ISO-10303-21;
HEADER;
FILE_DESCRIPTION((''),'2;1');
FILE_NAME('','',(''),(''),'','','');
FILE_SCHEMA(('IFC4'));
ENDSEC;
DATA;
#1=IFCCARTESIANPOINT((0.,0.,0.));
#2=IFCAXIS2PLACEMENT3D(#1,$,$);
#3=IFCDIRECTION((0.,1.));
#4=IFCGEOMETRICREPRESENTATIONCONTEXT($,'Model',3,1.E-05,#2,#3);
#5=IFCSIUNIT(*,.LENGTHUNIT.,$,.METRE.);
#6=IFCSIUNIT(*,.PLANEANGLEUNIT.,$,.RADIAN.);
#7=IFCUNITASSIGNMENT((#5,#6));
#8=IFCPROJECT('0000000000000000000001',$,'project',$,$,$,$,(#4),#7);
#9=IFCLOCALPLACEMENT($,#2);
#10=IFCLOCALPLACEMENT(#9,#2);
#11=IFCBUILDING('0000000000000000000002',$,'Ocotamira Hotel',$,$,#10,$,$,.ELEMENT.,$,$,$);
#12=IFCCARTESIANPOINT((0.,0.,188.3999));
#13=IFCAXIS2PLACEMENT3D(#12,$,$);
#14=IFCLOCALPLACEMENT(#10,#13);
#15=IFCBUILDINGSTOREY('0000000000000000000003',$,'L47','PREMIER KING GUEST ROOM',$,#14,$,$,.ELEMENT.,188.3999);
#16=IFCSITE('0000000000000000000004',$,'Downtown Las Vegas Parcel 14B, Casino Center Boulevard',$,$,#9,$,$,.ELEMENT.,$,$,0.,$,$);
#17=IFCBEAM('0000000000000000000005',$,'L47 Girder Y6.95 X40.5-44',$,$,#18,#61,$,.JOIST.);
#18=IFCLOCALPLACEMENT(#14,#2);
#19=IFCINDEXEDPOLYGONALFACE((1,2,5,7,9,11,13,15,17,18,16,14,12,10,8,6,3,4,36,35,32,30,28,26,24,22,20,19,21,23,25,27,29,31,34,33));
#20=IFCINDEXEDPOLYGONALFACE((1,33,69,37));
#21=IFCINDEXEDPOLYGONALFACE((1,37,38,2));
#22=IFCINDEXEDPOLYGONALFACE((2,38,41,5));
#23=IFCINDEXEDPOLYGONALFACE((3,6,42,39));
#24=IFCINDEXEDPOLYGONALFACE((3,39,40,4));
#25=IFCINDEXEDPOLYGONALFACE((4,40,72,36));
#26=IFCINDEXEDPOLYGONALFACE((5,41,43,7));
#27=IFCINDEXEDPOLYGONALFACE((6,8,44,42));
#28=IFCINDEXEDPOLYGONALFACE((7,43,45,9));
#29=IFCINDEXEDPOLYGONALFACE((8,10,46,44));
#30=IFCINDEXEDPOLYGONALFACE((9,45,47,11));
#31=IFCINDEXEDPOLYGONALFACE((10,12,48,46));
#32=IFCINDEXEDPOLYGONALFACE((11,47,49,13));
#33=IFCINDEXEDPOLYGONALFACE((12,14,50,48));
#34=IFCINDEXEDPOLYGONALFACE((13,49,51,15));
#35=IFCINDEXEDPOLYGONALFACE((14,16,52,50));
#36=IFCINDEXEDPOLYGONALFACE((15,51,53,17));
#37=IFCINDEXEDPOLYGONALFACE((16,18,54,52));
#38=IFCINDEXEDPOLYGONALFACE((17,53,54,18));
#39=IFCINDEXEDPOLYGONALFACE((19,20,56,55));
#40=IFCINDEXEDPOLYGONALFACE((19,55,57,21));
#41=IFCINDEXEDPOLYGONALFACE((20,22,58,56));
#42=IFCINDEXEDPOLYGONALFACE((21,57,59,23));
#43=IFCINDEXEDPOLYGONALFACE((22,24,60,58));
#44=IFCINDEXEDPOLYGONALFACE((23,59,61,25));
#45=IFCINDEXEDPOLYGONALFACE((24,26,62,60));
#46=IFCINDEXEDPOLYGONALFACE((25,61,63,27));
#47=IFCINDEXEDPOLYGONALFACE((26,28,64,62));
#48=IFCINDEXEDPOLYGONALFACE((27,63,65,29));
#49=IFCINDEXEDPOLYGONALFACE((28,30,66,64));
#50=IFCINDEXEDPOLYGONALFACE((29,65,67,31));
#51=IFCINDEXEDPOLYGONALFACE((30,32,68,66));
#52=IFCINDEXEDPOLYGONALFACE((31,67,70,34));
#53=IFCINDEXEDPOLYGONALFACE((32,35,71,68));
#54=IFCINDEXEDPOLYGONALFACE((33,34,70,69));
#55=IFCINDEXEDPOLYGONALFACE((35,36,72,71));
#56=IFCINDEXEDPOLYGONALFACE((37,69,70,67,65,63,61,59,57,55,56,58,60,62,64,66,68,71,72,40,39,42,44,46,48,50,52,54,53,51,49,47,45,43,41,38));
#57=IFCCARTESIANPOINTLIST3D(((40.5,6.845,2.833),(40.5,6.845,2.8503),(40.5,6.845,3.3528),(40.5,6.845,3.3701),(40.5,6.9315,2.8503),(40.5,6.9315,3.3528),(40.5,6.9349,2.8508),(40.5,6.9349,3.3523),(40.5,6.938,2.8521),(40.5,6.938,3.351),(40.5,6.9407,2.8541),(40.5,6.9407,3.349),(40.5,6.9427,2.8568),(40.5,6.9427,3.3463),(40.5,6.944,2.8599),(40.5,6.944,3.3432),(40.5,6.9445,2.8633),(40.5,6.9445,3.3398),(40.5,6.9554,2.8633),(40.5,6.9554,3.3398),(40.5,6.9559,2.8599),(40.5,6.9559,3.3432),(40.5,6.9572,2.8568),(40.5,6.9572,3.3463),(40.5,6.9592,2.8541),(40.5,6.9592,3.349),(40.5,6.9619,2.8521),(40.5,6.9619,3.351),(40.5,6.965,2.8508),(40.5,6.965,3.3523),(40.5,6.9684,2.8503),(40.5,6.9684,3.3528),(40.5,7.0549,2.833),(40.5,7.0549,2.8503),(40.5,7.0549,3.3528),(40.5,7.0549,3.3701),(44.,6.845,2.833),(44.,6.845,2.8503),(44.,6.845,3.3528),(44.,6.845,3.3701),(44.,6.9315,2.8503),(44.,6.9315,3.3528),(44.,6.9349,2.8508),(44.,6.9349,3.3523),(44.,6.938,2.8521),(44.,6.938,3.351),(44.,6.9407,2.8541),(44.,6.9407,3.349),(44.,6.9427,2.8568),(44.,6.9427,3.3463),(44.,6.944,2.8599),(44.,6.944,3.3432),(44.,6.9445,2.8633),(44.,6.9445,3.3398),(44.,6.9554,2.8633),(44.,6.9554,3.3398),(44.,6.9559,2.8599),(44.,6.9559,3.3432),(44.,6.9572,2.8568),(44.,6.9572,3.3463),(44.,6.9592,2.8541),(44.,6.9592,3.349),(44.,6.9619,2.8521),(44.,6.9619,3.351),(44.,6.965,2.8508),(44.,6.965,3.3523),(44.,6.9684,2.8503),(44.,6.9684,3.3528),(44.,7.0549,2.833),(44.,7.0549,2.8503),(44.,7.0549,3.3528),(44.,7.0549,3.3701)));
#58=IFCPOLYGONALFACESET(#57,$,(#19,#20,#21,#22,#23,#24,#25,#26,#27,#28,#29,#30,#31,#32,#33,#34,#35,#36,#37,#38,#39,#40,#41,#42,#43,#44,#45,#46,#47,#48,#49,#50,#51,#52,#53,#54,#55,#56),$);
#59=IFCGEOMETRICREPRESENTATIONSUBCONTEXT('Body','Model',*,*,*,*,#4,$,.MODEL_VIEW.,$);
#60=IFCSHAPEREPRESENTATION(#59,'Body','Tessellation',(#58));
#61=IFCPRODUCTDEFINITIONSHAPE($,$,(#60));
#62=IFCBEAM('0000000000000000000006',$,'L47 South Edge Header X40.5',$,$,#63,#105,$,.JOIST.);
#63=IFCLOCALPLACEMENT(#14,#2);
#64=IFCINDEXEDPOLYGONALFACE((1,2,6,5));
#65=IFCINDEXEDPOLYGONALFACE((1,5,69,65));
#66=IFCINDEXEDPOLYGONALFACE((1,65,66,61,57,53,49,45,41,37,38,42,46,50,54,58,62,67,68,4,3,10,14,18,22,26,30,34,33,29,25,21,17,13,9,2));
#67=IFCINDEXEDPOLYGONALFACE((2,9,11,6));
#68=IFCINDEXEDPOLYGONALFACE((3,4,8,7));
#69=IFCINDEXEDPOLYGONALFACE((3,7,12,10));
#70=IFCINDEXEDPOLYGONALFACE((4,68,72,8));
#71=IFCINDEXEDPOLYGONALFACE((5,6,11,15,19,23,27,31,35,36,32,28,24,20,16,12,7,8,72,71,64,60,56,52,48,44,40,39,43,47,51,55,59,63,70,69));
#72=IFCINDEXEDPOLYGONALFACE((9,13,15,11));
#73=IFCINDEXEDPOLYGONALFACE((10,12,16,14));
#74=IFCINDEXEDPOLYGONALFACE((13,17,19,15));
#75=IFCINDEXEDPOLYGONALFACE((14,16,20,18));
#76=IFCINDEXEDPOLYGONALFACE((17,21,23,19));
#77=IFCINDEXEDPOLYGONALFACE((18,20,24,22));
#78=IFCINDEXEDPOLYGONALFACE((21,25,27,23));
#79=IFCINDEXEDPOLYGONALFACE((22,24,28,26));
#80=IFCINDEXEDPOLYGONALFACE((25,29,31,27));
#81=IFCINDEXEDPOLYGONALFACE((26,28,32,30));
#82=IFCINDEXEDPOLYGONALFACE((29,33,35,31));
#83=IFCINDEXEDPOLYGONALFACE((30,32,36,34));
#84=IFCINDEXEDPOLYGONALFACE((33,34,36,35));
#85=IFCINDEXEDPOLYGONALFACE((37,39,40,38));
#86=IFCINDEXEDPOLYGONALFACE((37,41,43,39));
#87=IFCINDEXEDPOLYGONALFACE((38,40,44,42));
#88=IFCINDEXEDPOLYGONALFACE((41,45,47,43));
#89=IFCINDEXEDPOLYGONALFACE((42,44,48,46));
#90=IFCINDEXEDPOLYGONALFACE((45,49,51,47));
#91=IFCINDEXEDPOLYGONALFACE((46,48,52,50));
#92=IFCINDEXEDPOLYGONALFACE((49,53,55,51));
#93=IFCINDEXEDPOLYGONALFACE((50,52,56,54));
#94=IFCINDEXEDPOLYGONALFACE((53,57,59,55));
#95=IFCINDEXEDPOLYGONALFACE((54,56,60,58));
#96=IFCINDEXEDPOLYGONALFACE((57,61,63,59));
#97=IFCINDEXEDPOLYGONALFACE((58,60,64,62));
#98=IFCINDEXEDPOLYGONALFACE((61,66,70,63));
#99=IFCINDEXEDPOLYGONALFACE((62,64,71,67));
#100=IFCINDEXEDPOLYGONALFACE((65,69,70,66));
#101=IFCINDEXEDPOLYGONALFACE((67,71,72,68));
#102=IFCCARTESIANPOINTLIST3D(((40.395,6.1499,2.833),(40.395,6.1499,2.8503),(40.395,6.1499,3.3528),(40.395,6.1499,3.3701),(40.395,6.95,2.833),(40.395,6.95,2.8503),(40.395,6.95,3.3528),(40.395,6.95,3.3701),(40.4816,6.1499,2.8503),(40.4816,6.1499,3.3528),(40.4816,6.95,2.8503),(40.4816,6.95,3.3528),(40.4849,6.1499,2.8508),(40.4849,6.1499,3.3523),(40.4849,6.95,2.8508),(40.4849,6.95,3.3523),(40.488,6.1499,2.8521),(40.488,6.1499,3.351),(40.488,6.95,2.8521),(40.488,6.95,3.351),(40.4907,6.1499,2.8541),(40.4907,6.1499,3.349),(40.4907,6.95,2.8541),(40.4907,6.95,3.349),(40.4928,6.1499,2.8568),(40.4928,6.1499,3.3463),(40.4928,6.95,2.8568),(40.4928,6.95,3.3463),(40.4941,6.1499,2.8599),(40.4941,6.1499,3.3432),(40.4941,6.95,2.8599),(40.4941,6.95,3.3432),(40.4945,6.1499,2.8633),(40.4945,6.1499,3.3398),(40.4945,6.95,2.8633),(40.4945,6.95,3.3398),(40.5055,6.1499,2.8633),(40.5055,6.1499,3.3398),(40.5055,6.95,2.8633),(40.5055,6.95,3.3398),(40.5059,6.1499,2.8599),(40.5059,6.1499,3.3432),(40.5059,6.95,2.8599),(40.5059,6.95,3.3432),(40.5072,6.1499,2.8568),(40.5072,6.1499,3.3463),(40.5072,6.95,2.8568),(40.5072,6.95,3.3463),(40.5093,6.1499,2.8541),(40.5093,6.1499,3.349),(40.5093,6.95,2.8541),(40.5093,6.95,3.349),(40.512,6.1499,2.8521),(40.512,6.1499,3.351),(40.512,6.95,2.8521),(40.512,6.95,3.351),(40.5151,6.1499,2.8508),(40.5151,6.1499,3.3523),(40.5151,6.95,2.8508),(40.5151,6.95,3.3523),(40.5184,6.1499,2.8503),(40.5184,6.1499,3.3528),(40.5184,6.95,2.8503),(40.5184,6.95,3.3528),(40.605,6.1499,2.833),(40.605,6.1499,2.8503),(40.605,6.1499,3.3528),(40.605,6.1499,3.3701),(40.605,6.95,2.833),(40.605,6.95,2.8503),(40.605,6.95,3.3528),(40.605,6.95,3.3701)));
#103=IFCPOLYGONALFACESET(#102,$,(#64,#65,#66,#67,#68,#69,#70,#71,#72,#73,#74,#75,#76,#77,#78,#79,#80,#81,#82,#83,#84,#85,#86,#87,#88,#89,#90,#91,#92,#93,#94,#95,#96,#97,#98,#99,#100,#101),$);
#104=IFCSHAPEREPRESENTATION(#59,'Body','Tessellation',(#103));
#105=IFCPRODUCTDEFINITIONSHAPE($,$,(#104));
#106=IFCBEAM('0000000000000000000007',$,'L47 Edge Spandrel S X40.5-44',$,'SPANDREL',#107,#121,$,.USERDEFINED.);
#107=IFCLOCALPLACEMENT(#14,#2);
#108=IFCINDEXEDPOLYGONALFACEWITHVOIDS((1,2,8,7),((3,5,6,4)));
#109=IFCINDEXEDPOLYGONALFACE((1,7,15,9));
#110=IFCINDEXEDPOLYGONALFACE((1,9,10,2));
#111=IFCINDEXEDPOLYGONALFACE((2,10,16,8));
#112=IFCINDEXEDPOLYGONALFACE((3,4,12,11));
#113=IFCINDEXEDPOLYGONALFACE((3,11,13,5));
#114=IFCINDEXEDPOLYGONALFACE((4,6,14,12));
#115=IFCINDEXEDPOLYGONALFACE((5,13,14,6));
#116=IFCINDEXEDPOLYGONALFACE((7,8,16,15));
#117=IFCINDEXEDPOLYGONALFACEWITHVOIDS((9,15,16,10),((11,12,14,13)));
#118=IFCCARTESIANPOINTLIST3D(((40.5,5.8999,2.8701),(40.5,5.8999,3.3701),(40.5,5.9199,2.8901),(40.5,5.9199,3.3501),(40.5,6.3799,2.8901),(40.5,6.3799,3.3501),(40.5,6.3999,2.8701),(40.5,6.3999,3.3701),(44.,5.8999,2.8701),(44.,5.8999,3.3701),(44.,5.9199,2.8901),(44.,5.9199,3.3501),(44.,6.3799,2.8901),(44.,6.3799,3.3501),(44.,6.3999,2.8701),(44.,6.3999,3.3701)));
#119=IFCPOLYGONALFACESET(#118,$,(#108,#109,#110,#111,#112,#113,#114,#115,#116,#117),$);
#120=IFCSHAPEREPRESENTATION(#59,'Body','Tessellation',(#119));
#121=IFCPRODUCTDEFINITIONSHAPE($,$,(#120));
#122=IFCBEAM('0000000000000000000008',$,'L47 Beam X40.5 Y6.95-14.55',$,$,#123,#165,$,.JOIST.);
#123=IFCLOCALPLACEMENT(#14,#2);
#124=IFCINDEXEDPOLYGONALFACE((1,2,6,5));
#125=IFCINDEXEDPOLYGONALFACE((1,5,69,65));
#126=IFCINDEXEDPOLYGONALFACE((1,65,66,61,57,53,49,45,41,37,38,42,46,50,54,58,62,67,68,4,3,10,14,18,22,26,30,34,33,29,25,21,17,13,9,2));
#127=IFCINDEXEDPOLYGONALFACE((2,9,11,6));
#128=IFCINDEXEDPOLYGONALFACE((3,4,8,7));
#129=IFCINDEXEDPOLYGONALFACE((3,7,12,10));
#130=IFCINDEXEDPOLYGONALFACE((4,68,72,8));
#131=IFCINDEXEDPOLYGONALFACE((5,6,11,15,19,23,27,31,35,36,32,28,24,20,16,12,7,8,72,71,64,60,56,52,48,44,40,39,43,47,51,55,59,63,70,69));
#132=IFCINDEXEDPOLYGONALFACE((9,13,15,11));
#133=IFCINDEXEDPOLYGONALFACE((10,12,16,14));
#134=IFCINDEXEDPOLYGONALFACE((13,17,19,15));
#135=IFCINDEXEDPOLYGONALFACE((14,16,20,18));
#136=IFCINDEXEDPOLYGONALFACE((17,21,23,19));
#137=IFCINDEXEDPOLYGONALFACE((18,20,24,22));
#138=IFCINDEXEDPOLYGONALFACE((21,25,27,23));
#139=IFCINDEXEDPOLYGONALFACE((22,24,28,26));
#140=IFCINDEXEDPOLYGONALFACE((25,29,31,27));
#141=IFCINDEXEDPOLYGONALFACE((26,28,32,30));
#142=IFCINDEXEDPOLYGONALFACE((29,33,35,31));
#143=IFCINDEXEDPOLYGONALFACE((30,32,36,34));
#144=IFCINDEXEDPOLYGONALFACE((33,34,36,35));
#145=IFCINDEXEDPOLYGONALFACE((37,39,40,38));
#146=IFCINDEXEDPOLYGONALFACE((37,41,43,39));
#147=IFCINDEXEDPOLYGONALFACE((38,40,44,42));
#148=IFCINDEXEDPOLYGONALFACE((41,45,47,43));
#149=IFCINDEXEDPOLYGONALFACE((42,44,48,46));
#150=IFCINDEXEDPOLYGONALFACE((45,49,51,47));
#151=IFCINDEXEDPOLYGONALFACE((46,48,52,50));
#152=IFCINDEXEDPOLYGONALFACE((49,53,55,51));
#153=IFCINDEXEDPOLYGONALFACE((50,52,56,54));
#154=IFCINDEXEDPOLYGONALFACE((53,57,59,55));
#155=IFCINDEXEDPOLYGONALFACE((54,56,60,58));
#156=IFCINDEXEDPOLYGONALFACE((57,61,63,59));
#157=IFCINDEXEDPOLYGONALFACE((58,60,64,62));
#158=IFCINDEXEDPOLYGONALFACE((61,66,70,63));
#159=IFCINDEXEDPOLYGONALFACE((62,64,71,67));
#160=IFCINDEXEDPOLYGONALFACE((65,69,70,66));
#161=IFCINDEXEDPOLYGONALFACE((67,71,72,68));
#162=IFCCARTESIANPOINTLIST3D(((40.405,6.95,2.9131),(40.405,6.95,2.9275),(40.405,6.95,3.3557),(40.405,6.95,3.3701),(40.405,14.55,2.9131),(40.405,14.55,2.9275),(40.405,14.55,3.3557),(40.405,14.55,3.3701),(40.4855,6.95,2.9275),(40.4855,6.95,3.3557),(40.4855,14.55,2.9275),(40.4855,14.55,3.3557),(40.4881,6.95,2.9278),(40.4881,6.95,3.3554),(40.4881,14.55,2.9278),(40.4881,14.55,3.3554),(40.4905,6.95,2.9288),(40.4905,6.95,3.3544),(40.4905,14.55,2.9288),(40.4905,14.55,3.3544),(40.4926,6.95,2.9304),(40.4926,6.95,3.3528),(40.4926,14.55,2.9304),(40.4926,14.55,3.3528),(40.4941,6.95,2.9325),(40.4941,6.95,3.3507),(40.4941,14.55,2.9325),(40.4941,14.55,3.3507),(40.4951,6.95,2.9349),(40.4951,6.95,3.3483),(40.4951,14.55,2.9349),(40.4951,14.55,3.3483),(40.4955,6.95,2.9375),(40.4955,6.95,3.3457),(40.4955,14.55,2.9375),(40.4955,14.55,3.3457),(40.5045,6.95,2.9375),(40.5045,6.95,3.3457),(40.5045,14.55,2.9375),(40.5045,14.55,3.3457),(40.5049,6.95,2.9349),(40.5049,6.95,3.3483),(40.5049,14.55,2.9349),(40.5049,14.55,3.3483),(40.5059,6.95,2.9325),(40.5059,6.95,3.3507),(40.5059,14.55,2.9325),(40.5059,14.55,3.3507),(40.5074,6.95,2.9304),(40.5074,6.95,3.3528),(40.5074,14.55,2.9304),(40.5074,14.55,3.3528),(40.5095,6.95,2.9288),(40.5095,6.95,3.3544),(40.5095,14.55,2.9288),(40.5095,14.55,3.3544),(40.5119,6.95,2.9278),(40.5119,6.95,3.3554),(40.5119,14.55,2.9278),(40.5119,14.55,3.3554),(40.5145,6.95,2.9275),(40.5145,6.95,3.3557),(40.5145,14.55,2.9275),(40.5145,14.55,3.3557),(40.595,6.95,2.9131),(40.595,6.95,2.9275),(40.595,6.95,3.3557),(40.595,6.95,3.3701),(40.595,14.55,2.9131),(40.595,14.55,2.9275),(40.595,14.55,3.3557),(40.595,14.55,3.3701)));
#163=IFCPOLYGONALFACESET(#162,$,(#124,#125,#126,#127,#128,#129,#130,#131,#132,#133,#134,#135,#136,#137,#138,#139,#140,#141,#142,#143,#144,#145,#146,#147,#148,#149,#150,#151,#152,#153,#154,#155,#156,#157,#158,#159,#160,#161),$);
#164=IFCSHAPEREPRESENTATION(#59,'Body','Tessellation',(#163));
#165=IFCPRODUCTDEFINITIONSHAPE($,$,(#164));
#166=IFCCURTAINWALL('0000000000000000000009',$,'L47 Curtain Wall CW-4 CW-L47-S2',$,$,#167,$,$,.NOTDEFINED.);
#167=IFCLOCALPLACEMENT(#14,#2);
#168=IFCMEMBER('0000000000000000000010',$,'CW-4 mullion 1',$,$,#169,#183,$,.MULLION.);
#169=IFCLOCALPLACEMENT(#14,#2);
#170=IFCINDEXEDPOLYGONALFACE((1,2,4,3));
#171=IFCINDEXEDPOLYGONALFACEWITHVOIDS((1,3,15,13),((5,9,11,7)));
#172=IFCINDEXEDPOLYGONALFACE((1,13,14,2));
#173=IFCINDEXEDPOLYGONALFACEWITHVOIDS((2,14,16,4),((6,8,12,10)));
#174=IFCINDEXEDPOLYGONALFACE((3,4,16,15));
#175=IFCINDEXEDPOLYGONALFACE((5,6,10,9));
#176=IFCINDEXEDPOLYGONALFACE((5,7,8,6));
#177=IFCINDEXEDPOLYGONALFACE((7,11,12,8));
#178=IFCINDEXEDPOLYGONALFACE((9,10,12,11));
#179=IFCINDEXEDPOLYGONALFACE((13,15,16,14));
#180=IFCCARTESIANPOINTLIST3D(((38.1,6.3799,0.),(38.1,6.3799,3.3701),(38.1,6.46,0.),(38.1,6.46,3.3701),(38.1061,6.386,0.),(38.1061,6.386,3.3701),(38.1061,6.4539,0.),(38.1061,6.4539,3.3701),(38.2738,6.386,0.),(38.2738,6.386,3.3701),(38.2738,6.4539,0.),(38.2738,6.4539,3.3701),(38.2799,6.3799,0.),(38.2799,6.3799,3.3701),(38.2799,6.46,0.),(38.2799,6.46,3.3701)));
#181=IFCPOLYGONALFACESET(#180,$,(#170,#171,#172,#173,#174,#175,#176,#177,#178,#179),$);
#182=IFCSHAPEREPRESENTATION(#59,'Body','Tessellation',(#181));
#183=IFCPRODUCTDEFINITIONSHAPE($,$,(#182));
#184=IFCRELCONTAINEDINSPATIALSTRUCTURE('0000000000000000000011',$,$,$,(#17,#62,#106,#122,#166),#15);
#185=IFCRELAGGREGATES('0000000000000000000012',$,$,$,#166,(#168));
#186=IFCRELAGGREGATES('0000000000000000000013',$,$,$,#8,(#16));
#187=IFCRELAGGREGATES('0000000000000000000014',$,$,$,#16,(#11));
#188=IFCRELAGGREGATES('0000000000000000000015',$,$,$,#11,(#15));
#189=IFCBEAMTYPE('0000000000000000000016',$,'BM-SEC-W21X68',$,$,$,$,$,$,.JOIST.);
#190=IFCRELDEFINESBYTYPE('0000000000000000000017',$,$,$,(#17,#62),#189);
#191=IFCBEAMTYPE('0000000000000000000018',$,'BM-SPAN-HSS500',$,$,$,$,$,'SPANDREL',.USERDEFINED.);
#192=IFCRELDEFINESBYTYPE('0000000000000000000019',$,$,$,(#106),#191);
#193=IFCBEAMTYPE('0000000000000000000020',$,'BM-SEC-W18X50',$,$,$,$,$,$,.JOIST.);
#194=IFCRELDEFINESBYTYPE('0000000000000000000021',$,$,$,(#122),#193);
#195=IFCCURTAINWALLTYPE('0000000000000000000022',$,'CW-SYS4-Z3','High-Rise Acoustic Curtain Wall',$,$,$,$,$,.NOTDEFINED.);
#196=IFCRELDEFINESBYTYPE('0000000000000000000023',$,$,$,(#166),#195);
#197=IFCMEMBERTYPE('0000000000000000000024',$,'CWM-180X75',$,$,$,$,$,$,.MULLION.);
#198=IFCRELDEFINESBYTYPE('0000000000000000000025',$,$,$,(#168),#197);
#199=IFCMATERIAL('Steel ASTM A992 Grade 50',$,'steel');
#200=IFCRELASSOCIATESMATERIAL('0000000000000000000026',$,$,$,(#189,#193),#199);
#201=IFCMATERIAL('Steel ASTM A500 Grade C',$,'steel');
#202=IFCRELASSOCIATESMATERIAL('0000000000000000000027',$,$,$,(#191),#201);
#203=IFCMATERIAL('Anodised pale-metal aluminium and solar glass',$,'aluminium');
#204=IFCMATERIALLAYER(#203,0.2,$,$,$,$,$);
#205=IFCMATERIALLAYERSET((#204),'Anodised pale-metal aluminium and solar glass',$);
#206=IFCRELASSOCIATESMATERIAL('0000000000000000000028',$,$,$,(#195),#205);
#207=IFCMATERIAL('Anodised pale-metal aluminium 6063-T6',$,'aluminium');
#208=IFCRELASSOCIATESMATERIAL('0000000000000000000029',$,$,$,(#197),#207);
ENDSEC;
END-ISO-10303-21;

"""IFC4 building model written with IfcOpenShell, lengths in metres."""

from ifc_helpers import new_model, si_unit, direction, frame, origin, origin_2d, place, context, subcontext, project, spatial, hollow_rectangle, i_section, extrude, source, transform, mapped, material, layer, layer_set, material_profile, profile_set, type_object, element, aggregate, save


model = new_model("IFC4")

# Units and contexts
model_context = context("Model", 3, precision=1e-05, world=origin(), true_north=direction((0.0, 1.0)))
body_context = subcontext(model_context, "Body", "Model", "MODEL_VIEW")
ifc_project = project(units=[si_unit("LENGTHUNIT", "METRE"), si_unit("PLANEANGLEUNIT", "RADIAN")], contexts=[model_context])

# Site, building, storey
site_placement = place(None, origin())
site = spatial("IfcSite", under=ifc_project, at=site_placement, Name="Downtown Las Vegas Parcel 14B, Casino Center Boulevard", CompositionType="ELEMENT", RefElevation=0.0)
building_placement = place(site_placement, origin())
building = spatial("IfcBuilding", under=site, at=building_placement, Name="Ocotamira Hotel", CompositionType="ELEMENT")
storey_placement = place(building_placement, frame((0.0, 0.0, 188.3999)))
storey = spatial("IfcBuildingStorey", under=building, at=storey_placement, Name="L47", Description="PREMIER KING GUEST ROOM", CompositionType="ELEMENT", Elevation=188.3999)

# Beams
ifc_material_1 = material(Name="Steel ASTM A992 Grade 50", Category="steel")
ifc_material_profile_1 = material_profile(ifc_material_1, i_section(OverallWidth=0.21, OverallDepth=0.5371, WebThickness=0.011, FlangeThickness=0.0173, FilletRadius=0.0129, at=origin_2d()), Name="W21X68")
ifc_profile_set_1 = profile_set([ifc_material_profile_1], Name="Steel ASTM A992 Grade 50")
beam_type_1 = type_object("IfcBeamType", Name="BM-SEC-W21X68", PredefinedType="JOIST", material=ifc_profile_set_1)
shared_shape_1 = source(origin(), body_context, "Body", "SweptSolid", [
    extrude(i_section(OverallWidth=0.21, OverallDepth=0.5371, WebThickness=0.011, FlangeThickness=0.0173, FilletRadius=0.0129, at=origin_2d()), origin(), (0.0, 0.0, 1.0), 3.5),
])
beam_1_placement = place(storey_placement, frame((40.5, 6.95, 3.1016), z_axis=(1.0, 0.0, 0.0), x_axis=(0.0, 1.0, 0.0)))
element("IfcBeam", 1, at=beam_1_placement, inside=storey, type_object=beam_type_1, Name="L47 Girder Y6.95 X40.5-44", PredefinedType="JOIST", context=body_context, shape_type="MappedRepresentation", body=[
    mapped(shared_shape_1, transform((0.0, 0.0, 0.0), scale=1.0)),
])
shared_shape_2 = source(origin(), body_context, "Body", "SweptSolid", [
    extrude(i_section(OverallWidth=0.21, OverallDepth=0.5371, WebThickness=0.011, FlangeThickness=0.0173, FilletRadius=0.0129, at=origin_2d()), origin(), (0.0, 0.0, 1.0), 0.8),
])
beam_2_placement = place(storey_placement, frame((40.5, 6.95, 3.1016), z_axis=(0.0, -1.0, 0.0), x_axis=(1.0, 0.0, 0.0)))
element("IfcBeam", 2, at=beam_2_placement, inside=storey, type_object=beam_type_1, Name="L47 South Edge Header X40.5", PredefinedType="JOIST", context=body_context, shape_type="MappedRepresentation", body=[
    mapped(shared_shape_2, transform((0.0, 0.0, 0.0), scale=1.0)),
])
ifc_material_2 = material(Name="Steel ASTM A500 Grade C", Category="steel")
ifc_material_profile_2 = material_profile(ifc_material_2, hollow_rectangle(XDim=0.5, YDim=0.5, WallThickness=0.02, at=origin_2d()), Name="HSS500X500X20")
ifc_profile_set_2 = profile_set([ifc_material_profile_2], Name="Steel ASTM A500 Grade C")
beam_type_2 = type_object("IfcBeamType", Name="BM-SPAN-HSS500", ElementType="SPANDREL", PredefinedType="USERDEFINED", material=ifc_profile_set_2)
shared_shape_3 = source(origin(), body_context, "Body", "SweptSolid", [
    extrude(hollow_rectangle(XDim=0.5, YDim=0.5, WallThickness=0.02, at=origin_2d()), origin(), (0.0, 0.0, 1.0), 3.5),
])
beam_3_placement = place(storey_placement, frame((40.5, 6.1499, 3.1201), z_axis=(1.0, 0.0, 0.0), x_axis=(0.0, 1.0, 0.0)))
element("IfcBeam", 3, at=beam_3_placement, inside=storey, type_object=beam_type_2, Name="L47 Edge Spandrel S X40.5-44", ObjectType="SPANDREL", PredefinedType="USERDEFINED", context=body_context, shape_type="MappedRepresentation", body=[
    mapped(shared_shape_3, transform((0.0, 0.0, 0.0), scale=1.0)),
])
ifc_material_profile_3 = material_profile(ifc_material_1, i_section(OverallWidth=0.1899, OverallDepth=0.457, WebThickness=0.009, FlangeThickness=0.0144, FilletRadius=0.01, at=origin_2d()), Name="W18X50")
ifc_profile_set_3 = profile_set([ifc_material_profile_3], Name="Steel ASTM A992 Grade 50")
beam_type_3 = type_object("IfcBeamType", Name="BM-SEC-W18X50", PredefinedType="JOIST", material=ifc_profile_set_3)
shared_shape_4 = source(origin(), body_context, "Body", "SweptSolid", [
    extrude(i_section(OverallWidth=0.1899, OverallDepth=0.457, WebThickness=0.009, FlangeThickness=0.0144, FilletRadius=0.01, at=origin_2d()), origin(), (0.0, 0.0, 1.0), 7.6001),
])
beam_4_placement = place(storey_placement, frame((40.5, 6.95, 3.1416), z_axis=(0.0, 1.0, 0.0), x_axis=(-1.0, 0.0, 0.0)))
element("IfcBeam", 4, at=beam_4_placement, inside=storey, type_object=beam_type_3, Name="L47 Beam X40.5 Y6.95-14.55", PredefinedType="JOIST", context=body_context, shape_type="MappedRepresentation", body=[
    mapped(shared_shape_4, transform((0.0, 0.0, 0.0), scale=1.0)),
])

# Curtain wall, member
ifc_material_3 = material(Name="Anodised pale-metal aluminium and solar glass", Category="aluminium")
ifc_layer_1 = layer(ifc_material_3, 0.2)
ifc_layer_set_1 = layer_set([ifc_layer_1], Name="Anodised pale-metal aluminium and solar glass")
curtain_wall_type = type_object("IfcCurtainWallType", Name="CW-SYS4-Z3", Description="High-Rise Acoustic Curtain Wall", PredefinedType="NOTDEFINED", material=ifc_layer_set_1)
curtain_wall_placement = place(storey_placement, origin())
curtain_wall = element("IfcCurtainWall", 5, at=curtain_wall_placement, inside=storey, type_object=curtain_wall_type, Name="L47 Curtain Wall CW-4 CW-L47-S2", PredefinedType="NOTDEFINED")
ifc_material_4 = material(Name="Anodised pale-metal aluminium 6063-T6", Category="aluminium")
ifc_material_profile_4 = material_profile(ifc_material_4, hollow_rectangle(XDim=0.0801, YDim=0.1799, WallThickness=0.0061, at=origin_2d()), Name="HSS180X80X6")
ifc_profile_set_4 = profile_set([ifc_material_profile_4], Name="Anodised pale-metal aluminium 6063-T6")
member_type_1 = type_object("IfcMemberType", Name="CWM-180X75", PredefinedType="MULLION", material=ifc_profile_set_4)
shared_shape_5 = source(origin(), body_context, "Body", "SweptSolid", [
    extrude(hollow_rectangle(XDim=0.0801, YDim=0.1799, WallThickness=0.0061, at=origin_2d()), origin(), (0.0, 0.0, 1.0), 3.3701),
])
member_1_placement = place(storey_placement, frame((38.1899, 6.4199, 0.0), z_axis=(0.0, 0.0, 1.0), x_axis=(0.0, 1.0, 0.0)))
member_1 = element("IfcMember", 6, at=member_1_placement, type_object=member_type_1, Name="CW-4 mullion 1", PredefinedType="MULLION", context=body_context, shape_type="MappedRepresentation", body=[
    mapped(shared_shape_5, transform((0.0, 0.0, 0.0), scale=1.0)),
])
aggregate(curtain_wall, [member_1])

save(model, "model.ifc")
